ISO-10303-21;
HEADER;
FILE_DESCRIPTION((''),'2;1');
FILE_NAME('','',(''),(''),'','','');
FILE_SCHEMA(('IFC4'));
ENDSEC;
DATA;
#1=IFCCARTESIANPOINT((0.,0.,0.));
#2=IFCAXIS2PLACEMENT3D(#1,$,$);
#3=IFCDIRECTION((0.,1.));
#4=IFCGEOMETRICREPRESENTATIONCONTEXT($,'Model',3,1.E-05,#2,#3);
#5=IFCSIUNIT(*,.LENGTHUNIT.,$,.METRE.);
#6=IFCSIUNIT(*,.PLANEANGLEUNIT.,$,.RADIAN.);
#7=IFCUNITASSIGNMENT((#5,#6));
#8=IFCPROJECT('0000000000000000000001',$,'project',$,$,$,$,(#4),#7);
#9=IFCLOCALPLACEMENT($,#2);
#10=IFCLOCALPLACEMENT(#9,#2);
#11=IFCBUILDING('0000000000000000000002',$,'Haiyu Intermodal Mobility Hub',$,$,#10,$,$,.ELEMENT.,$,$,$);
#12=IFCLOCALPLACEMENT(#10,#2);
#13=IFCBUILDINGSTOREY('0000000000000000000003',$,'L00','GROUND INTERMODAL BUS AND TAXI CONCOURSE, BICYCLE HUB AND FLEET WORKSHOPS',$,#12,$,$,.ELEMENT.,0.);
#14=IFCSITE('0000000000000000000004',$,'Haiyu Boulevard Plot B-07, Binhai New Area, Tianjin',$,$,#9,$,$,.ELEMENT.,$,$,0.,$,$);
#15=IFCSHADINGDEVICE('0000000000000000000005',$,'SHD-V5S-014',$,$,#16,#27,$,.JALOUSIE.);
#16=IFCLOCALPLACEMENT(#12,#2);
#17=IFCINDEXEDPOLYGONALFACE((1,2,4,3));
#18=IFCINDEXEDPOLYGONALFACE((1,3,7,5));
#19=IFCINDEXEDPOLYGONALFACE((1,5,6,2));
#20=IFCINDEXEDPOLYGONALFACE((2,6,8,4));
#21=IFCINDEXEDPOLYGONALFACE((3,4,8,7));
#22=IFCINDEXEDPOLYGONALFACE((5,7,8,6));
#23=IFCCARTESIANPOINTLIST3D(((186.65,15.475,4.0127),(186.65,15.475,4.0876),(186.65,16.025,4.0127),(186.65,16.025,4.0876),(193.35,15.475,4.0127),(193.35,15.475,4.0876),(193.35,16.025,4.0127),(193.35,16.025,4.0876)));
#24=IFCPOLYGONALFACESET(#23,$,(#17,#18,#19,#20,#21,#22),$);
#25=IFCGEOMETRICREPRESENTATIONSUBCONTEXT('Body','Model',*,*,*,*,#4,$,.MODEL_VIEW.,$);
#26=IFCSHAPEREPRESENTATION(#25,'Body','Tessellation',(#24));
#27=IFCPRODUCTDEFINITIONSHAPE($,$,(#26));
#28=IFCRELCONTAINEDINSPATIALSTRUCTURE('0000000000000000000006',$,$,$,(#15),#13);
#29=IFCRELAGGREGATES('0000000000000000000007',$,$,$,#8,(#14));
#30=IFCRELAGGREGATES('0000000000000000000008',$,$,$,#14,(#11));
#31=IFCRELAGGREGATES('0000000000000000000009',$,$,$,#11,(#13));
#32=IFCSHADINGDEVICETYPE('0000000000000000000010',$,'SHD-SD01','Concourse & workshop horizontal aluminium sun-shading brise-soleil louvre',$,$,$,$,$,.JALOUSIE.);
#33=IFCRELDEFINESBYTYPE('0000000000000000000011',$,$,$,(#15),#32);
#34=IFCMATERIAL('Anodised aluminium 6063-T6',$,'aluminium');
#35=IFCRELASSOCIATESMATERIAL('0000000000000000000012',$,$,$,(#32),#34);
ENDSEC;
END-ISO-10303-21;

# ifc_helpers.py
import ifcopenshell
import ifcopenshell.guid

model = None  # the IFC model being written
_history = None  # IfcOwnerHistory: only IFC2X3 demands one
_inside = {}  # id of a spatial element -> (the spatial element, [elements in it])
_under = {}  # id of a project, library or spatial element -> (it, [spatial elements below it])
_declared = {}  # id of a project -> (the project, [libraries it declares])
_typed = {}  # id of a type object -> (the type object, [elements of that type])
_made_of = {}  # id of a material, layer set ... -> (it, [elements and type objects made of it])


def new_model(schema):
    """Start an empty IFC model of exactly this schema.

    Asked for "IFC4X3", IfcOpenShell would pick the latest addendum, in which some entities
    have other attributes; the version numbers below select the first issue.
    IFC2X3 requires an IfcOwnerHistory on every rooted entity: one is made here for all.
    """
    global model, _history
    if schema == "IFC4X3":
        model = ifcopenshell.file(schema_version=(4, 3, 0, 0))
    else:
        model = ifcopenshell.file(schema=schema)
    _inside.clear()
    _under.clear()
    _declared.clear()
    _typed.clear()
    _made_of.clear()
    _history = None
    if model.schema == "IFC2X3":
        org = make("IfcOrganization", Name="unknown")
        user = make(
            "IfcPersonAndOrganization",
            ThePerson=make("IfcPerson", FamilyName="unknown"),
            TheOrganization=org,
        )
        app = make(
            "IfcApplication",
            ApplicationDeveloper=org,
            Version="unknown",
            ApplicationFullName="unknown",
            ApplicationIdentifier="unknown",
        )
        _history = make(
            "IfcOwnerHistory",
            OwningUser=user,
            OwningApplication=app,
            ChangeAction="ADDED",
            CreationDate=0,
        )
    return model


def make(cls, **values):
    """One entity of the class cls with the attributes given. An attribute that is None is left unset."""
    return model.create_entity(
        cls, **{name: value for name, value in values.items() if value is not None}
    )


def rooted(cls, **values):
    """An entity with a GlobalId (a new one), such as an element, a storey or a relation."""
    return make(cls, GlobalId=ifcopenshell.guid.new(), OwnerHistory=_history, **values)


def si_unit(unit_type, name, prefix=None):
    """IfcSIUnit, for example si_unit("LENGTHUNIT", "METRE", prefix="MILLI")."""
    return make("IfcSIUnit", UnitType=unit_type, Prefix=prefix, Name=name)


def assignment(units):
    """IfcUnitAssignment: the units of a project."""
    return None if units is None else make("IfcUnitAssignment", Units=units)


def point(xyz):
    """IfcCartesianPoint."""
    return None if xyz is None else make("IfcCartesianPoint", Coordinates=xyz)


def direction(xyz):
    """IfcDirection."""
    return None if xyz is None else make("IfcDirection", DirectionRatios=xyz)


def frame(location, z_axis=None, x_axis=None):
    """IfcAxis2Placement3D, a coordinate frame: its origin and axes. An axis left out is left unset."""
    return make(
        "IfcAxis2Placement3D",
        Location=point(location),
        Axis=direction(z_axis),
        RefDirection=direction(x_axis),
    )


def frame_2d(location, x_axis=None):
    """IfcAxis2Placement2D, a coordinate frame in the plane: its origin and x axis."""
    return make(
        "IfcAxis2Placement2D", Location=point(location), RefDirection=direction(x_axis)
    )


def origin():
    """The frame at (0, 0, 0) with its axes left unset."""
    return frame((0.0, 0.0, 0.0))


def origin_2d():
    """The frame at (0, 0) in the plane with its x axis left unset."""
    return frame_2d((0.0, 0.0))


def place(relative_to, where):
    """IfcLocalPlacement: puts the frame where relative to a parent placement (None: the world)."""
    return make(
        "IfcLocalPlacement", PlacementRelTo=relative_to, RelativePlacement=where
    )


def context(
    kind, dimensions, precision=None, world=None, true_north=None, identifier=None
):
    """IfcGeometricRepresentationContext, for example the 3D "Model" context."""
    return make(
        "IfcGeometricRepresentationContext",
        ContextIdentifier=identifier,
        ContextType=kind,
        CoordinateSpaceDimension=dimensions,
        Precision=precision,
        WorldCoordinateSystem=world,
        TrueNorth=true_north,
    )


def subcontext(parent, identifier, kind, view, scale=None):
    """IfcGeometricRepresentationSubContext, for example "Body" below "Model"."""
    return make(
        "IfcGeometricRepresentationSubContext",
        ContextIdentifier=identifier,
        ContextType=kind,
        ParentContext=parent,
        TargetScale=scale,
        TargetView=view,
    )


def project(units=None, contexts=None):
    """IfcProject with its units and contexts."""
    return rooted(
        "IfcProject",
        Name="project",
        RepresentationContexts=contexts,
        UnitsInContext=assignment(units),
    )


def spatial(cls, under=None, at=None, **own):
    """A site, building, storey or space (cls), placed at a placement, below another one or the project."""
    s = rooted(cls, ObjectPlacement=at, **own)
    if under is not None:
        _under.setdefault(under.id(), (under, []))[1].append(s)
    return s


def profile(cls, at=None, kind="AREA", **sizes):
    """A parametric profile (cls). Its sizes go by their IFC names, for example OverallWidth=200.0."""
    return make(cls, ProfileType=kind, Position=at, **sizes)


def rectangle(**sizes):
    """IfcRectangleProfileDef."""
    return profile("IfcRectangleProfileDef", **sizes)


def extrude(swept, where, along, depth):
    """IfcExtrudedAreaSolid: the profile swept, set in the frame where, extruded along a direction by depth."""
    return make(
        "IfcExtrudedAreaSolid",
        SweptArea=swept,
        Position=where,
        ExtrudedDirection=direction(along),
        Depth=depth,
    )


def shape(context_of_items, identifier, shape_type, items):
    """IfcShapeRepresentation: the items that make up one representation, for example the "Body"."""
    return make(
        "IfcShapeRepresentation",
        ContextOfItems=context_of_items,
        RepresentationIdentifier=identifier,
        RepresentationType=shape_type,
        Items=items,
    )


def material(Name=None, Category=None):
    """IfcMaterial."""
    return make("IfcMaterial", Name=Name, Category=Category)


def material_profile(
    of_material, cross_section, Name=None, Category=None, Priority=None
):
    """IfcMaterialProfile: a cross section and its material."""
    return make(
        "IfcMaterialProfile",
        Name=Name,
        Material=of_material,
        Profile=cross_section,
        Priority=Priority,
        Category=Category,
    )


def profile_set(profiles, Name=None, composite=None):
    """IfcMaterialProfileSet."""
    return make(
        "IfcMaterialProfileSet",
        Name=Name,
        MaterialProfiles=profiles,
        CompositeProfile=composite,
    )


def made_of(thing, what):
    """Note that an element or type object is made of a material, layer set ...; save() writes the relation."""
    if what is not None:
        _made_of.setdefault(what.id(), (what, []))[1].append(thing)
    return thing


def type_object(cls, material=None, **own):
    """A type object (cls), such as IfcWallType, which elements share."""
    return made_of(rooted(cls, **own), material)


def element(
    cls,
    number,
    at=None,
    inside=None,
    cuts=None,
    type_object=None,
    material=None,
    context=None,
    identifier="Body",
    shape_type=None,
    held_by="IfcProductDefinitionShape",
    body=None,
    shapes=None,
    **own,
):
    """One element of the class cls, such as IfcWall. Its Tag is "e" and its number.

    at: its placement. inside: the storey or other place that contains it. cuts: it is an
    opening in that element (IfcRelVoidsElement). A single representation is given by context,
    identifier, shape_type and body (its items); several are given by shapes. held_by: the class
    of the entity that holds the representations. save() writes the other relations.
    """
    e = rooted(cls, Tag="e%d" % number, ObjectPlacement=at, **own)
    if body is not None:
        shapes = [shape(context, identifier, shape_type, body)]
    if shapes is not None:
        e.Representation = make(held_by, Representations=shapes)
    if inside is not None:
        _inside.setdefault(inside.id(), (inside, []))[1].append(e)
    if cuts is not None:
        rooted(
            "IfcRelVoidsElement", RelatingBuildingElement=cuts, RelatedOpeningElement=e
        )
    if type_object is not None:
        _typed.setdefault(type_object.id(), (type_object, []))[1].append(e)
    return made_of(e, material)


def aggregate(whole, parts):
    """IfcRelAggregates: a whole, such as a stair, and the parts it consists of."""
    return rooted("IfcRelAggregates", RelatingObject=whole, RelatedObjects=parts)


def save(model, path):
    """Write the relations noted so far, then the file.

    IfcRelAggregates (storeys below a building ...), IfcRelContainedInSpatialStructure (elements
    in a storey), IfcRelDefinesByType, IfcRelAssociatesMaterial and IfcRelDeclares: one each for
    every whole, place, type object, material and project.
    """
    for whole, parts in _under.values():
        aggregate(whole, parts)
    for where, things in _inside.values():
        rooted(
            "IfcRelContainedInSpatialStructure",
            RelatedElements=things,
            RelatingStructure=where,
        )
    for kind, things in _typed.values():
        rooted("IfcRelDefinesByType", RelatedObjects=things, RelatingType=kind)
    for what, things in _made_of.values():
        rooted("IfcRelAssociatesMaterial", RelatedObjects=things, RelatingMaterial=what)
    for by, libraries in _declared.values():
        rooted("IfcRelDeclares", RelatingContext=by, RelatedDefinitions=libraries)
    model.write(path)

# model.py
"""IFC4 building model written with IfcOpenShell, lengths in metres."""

from ifc_helpers import new_model, si_unit, direction, frame, origin, origin_2d, place, context, subcontext, project, spatial, rectangle, extrude, material, material_profile, profile_set, type_object, element, save


model = new_model("IFC4")

# Units and contexts
model_context = context("Model", 3, precision=1e-05, world=origin(), true_north=direction((0.0, 1.0)))
body_context = subcontext(model_context, "Body", "Model", "MODEL_VIEW")
ifc_project = project(units=[si_unit("LENGTHUNIT", "METRE"), si_unit("PLANEANGLEUNIT", "RADIAN")], contexts=[model_context])

# Site, building, storey
site_placement = place(None, origin())
site = spatial("IfcSite", under=ifc_project, at=site_placement, Name="Haiyu Boulevard Plot B-07, Binhai New Area, Tianjin", CompositionType="ELEMENT", RefElevation=0.0)
building_placement = place(site_placement, origin())
building = spatial("IfcBuilding", under=site, at=building_placement, Name="Haiyu Intermodal Mobility Hub", CompositionType="ELEMENT")
storey_placement = place(building_placement, origin())
storey = spatial("IfcBuildingStorey", under=building, at=storey_placement, Name="L00", Description="GROUND INTERMODAL BUS AND TAXI CONCOURSE, BICYCLE HUB AND FLEET WORKSHOPS", CompositionType="ELEMENT", Elevation=0.0)

# Shared definitions
ifc_material_1 = material(Name="Anodised aluminium 6063-T6", Category="aluminium")

# Shading device
ifc_material_profile_1 = material_profile(ifc_material_1, rectangle(XDim=0.0801, YDim=0.45, at=origin_2d()), Name="FIN80x450")
ifc_profile_set_1 = profile_set([ifc_material_profile_1], Name="Anodised aluminium 6063-T6")
shading_device_type = type_object("IfcShadingDeviceType", Name="SHD-SD01", Description="Concourse & workshop horizontal aluminium sun-shading brise-soleil louvre", PredefinedType="JALOUSIE", material=ifc_profile_set_1)
shading_device_placement = place(storey_placement, frame((190.0, 15.75, 4.0127), z_axis=(0.0, 0.0, 1.0), x_axis=(1.0, 0.0, 0.0)))
element("IfcShadingDevice", 1, at=shading_device_placement, inside=storey, type_object=shading_device_type, Name="SHD-V5S-014", PredefinedType="JALOUSIE", context=body_context, shape_type="SweptSolid", body=[
    extrude(rectangle(XDim=6.7, YDim=0.55, at=origin_2d()), origin(), (0.0, 0.0, 1.0), 0.075),
])

save(model, "model.ifc")
